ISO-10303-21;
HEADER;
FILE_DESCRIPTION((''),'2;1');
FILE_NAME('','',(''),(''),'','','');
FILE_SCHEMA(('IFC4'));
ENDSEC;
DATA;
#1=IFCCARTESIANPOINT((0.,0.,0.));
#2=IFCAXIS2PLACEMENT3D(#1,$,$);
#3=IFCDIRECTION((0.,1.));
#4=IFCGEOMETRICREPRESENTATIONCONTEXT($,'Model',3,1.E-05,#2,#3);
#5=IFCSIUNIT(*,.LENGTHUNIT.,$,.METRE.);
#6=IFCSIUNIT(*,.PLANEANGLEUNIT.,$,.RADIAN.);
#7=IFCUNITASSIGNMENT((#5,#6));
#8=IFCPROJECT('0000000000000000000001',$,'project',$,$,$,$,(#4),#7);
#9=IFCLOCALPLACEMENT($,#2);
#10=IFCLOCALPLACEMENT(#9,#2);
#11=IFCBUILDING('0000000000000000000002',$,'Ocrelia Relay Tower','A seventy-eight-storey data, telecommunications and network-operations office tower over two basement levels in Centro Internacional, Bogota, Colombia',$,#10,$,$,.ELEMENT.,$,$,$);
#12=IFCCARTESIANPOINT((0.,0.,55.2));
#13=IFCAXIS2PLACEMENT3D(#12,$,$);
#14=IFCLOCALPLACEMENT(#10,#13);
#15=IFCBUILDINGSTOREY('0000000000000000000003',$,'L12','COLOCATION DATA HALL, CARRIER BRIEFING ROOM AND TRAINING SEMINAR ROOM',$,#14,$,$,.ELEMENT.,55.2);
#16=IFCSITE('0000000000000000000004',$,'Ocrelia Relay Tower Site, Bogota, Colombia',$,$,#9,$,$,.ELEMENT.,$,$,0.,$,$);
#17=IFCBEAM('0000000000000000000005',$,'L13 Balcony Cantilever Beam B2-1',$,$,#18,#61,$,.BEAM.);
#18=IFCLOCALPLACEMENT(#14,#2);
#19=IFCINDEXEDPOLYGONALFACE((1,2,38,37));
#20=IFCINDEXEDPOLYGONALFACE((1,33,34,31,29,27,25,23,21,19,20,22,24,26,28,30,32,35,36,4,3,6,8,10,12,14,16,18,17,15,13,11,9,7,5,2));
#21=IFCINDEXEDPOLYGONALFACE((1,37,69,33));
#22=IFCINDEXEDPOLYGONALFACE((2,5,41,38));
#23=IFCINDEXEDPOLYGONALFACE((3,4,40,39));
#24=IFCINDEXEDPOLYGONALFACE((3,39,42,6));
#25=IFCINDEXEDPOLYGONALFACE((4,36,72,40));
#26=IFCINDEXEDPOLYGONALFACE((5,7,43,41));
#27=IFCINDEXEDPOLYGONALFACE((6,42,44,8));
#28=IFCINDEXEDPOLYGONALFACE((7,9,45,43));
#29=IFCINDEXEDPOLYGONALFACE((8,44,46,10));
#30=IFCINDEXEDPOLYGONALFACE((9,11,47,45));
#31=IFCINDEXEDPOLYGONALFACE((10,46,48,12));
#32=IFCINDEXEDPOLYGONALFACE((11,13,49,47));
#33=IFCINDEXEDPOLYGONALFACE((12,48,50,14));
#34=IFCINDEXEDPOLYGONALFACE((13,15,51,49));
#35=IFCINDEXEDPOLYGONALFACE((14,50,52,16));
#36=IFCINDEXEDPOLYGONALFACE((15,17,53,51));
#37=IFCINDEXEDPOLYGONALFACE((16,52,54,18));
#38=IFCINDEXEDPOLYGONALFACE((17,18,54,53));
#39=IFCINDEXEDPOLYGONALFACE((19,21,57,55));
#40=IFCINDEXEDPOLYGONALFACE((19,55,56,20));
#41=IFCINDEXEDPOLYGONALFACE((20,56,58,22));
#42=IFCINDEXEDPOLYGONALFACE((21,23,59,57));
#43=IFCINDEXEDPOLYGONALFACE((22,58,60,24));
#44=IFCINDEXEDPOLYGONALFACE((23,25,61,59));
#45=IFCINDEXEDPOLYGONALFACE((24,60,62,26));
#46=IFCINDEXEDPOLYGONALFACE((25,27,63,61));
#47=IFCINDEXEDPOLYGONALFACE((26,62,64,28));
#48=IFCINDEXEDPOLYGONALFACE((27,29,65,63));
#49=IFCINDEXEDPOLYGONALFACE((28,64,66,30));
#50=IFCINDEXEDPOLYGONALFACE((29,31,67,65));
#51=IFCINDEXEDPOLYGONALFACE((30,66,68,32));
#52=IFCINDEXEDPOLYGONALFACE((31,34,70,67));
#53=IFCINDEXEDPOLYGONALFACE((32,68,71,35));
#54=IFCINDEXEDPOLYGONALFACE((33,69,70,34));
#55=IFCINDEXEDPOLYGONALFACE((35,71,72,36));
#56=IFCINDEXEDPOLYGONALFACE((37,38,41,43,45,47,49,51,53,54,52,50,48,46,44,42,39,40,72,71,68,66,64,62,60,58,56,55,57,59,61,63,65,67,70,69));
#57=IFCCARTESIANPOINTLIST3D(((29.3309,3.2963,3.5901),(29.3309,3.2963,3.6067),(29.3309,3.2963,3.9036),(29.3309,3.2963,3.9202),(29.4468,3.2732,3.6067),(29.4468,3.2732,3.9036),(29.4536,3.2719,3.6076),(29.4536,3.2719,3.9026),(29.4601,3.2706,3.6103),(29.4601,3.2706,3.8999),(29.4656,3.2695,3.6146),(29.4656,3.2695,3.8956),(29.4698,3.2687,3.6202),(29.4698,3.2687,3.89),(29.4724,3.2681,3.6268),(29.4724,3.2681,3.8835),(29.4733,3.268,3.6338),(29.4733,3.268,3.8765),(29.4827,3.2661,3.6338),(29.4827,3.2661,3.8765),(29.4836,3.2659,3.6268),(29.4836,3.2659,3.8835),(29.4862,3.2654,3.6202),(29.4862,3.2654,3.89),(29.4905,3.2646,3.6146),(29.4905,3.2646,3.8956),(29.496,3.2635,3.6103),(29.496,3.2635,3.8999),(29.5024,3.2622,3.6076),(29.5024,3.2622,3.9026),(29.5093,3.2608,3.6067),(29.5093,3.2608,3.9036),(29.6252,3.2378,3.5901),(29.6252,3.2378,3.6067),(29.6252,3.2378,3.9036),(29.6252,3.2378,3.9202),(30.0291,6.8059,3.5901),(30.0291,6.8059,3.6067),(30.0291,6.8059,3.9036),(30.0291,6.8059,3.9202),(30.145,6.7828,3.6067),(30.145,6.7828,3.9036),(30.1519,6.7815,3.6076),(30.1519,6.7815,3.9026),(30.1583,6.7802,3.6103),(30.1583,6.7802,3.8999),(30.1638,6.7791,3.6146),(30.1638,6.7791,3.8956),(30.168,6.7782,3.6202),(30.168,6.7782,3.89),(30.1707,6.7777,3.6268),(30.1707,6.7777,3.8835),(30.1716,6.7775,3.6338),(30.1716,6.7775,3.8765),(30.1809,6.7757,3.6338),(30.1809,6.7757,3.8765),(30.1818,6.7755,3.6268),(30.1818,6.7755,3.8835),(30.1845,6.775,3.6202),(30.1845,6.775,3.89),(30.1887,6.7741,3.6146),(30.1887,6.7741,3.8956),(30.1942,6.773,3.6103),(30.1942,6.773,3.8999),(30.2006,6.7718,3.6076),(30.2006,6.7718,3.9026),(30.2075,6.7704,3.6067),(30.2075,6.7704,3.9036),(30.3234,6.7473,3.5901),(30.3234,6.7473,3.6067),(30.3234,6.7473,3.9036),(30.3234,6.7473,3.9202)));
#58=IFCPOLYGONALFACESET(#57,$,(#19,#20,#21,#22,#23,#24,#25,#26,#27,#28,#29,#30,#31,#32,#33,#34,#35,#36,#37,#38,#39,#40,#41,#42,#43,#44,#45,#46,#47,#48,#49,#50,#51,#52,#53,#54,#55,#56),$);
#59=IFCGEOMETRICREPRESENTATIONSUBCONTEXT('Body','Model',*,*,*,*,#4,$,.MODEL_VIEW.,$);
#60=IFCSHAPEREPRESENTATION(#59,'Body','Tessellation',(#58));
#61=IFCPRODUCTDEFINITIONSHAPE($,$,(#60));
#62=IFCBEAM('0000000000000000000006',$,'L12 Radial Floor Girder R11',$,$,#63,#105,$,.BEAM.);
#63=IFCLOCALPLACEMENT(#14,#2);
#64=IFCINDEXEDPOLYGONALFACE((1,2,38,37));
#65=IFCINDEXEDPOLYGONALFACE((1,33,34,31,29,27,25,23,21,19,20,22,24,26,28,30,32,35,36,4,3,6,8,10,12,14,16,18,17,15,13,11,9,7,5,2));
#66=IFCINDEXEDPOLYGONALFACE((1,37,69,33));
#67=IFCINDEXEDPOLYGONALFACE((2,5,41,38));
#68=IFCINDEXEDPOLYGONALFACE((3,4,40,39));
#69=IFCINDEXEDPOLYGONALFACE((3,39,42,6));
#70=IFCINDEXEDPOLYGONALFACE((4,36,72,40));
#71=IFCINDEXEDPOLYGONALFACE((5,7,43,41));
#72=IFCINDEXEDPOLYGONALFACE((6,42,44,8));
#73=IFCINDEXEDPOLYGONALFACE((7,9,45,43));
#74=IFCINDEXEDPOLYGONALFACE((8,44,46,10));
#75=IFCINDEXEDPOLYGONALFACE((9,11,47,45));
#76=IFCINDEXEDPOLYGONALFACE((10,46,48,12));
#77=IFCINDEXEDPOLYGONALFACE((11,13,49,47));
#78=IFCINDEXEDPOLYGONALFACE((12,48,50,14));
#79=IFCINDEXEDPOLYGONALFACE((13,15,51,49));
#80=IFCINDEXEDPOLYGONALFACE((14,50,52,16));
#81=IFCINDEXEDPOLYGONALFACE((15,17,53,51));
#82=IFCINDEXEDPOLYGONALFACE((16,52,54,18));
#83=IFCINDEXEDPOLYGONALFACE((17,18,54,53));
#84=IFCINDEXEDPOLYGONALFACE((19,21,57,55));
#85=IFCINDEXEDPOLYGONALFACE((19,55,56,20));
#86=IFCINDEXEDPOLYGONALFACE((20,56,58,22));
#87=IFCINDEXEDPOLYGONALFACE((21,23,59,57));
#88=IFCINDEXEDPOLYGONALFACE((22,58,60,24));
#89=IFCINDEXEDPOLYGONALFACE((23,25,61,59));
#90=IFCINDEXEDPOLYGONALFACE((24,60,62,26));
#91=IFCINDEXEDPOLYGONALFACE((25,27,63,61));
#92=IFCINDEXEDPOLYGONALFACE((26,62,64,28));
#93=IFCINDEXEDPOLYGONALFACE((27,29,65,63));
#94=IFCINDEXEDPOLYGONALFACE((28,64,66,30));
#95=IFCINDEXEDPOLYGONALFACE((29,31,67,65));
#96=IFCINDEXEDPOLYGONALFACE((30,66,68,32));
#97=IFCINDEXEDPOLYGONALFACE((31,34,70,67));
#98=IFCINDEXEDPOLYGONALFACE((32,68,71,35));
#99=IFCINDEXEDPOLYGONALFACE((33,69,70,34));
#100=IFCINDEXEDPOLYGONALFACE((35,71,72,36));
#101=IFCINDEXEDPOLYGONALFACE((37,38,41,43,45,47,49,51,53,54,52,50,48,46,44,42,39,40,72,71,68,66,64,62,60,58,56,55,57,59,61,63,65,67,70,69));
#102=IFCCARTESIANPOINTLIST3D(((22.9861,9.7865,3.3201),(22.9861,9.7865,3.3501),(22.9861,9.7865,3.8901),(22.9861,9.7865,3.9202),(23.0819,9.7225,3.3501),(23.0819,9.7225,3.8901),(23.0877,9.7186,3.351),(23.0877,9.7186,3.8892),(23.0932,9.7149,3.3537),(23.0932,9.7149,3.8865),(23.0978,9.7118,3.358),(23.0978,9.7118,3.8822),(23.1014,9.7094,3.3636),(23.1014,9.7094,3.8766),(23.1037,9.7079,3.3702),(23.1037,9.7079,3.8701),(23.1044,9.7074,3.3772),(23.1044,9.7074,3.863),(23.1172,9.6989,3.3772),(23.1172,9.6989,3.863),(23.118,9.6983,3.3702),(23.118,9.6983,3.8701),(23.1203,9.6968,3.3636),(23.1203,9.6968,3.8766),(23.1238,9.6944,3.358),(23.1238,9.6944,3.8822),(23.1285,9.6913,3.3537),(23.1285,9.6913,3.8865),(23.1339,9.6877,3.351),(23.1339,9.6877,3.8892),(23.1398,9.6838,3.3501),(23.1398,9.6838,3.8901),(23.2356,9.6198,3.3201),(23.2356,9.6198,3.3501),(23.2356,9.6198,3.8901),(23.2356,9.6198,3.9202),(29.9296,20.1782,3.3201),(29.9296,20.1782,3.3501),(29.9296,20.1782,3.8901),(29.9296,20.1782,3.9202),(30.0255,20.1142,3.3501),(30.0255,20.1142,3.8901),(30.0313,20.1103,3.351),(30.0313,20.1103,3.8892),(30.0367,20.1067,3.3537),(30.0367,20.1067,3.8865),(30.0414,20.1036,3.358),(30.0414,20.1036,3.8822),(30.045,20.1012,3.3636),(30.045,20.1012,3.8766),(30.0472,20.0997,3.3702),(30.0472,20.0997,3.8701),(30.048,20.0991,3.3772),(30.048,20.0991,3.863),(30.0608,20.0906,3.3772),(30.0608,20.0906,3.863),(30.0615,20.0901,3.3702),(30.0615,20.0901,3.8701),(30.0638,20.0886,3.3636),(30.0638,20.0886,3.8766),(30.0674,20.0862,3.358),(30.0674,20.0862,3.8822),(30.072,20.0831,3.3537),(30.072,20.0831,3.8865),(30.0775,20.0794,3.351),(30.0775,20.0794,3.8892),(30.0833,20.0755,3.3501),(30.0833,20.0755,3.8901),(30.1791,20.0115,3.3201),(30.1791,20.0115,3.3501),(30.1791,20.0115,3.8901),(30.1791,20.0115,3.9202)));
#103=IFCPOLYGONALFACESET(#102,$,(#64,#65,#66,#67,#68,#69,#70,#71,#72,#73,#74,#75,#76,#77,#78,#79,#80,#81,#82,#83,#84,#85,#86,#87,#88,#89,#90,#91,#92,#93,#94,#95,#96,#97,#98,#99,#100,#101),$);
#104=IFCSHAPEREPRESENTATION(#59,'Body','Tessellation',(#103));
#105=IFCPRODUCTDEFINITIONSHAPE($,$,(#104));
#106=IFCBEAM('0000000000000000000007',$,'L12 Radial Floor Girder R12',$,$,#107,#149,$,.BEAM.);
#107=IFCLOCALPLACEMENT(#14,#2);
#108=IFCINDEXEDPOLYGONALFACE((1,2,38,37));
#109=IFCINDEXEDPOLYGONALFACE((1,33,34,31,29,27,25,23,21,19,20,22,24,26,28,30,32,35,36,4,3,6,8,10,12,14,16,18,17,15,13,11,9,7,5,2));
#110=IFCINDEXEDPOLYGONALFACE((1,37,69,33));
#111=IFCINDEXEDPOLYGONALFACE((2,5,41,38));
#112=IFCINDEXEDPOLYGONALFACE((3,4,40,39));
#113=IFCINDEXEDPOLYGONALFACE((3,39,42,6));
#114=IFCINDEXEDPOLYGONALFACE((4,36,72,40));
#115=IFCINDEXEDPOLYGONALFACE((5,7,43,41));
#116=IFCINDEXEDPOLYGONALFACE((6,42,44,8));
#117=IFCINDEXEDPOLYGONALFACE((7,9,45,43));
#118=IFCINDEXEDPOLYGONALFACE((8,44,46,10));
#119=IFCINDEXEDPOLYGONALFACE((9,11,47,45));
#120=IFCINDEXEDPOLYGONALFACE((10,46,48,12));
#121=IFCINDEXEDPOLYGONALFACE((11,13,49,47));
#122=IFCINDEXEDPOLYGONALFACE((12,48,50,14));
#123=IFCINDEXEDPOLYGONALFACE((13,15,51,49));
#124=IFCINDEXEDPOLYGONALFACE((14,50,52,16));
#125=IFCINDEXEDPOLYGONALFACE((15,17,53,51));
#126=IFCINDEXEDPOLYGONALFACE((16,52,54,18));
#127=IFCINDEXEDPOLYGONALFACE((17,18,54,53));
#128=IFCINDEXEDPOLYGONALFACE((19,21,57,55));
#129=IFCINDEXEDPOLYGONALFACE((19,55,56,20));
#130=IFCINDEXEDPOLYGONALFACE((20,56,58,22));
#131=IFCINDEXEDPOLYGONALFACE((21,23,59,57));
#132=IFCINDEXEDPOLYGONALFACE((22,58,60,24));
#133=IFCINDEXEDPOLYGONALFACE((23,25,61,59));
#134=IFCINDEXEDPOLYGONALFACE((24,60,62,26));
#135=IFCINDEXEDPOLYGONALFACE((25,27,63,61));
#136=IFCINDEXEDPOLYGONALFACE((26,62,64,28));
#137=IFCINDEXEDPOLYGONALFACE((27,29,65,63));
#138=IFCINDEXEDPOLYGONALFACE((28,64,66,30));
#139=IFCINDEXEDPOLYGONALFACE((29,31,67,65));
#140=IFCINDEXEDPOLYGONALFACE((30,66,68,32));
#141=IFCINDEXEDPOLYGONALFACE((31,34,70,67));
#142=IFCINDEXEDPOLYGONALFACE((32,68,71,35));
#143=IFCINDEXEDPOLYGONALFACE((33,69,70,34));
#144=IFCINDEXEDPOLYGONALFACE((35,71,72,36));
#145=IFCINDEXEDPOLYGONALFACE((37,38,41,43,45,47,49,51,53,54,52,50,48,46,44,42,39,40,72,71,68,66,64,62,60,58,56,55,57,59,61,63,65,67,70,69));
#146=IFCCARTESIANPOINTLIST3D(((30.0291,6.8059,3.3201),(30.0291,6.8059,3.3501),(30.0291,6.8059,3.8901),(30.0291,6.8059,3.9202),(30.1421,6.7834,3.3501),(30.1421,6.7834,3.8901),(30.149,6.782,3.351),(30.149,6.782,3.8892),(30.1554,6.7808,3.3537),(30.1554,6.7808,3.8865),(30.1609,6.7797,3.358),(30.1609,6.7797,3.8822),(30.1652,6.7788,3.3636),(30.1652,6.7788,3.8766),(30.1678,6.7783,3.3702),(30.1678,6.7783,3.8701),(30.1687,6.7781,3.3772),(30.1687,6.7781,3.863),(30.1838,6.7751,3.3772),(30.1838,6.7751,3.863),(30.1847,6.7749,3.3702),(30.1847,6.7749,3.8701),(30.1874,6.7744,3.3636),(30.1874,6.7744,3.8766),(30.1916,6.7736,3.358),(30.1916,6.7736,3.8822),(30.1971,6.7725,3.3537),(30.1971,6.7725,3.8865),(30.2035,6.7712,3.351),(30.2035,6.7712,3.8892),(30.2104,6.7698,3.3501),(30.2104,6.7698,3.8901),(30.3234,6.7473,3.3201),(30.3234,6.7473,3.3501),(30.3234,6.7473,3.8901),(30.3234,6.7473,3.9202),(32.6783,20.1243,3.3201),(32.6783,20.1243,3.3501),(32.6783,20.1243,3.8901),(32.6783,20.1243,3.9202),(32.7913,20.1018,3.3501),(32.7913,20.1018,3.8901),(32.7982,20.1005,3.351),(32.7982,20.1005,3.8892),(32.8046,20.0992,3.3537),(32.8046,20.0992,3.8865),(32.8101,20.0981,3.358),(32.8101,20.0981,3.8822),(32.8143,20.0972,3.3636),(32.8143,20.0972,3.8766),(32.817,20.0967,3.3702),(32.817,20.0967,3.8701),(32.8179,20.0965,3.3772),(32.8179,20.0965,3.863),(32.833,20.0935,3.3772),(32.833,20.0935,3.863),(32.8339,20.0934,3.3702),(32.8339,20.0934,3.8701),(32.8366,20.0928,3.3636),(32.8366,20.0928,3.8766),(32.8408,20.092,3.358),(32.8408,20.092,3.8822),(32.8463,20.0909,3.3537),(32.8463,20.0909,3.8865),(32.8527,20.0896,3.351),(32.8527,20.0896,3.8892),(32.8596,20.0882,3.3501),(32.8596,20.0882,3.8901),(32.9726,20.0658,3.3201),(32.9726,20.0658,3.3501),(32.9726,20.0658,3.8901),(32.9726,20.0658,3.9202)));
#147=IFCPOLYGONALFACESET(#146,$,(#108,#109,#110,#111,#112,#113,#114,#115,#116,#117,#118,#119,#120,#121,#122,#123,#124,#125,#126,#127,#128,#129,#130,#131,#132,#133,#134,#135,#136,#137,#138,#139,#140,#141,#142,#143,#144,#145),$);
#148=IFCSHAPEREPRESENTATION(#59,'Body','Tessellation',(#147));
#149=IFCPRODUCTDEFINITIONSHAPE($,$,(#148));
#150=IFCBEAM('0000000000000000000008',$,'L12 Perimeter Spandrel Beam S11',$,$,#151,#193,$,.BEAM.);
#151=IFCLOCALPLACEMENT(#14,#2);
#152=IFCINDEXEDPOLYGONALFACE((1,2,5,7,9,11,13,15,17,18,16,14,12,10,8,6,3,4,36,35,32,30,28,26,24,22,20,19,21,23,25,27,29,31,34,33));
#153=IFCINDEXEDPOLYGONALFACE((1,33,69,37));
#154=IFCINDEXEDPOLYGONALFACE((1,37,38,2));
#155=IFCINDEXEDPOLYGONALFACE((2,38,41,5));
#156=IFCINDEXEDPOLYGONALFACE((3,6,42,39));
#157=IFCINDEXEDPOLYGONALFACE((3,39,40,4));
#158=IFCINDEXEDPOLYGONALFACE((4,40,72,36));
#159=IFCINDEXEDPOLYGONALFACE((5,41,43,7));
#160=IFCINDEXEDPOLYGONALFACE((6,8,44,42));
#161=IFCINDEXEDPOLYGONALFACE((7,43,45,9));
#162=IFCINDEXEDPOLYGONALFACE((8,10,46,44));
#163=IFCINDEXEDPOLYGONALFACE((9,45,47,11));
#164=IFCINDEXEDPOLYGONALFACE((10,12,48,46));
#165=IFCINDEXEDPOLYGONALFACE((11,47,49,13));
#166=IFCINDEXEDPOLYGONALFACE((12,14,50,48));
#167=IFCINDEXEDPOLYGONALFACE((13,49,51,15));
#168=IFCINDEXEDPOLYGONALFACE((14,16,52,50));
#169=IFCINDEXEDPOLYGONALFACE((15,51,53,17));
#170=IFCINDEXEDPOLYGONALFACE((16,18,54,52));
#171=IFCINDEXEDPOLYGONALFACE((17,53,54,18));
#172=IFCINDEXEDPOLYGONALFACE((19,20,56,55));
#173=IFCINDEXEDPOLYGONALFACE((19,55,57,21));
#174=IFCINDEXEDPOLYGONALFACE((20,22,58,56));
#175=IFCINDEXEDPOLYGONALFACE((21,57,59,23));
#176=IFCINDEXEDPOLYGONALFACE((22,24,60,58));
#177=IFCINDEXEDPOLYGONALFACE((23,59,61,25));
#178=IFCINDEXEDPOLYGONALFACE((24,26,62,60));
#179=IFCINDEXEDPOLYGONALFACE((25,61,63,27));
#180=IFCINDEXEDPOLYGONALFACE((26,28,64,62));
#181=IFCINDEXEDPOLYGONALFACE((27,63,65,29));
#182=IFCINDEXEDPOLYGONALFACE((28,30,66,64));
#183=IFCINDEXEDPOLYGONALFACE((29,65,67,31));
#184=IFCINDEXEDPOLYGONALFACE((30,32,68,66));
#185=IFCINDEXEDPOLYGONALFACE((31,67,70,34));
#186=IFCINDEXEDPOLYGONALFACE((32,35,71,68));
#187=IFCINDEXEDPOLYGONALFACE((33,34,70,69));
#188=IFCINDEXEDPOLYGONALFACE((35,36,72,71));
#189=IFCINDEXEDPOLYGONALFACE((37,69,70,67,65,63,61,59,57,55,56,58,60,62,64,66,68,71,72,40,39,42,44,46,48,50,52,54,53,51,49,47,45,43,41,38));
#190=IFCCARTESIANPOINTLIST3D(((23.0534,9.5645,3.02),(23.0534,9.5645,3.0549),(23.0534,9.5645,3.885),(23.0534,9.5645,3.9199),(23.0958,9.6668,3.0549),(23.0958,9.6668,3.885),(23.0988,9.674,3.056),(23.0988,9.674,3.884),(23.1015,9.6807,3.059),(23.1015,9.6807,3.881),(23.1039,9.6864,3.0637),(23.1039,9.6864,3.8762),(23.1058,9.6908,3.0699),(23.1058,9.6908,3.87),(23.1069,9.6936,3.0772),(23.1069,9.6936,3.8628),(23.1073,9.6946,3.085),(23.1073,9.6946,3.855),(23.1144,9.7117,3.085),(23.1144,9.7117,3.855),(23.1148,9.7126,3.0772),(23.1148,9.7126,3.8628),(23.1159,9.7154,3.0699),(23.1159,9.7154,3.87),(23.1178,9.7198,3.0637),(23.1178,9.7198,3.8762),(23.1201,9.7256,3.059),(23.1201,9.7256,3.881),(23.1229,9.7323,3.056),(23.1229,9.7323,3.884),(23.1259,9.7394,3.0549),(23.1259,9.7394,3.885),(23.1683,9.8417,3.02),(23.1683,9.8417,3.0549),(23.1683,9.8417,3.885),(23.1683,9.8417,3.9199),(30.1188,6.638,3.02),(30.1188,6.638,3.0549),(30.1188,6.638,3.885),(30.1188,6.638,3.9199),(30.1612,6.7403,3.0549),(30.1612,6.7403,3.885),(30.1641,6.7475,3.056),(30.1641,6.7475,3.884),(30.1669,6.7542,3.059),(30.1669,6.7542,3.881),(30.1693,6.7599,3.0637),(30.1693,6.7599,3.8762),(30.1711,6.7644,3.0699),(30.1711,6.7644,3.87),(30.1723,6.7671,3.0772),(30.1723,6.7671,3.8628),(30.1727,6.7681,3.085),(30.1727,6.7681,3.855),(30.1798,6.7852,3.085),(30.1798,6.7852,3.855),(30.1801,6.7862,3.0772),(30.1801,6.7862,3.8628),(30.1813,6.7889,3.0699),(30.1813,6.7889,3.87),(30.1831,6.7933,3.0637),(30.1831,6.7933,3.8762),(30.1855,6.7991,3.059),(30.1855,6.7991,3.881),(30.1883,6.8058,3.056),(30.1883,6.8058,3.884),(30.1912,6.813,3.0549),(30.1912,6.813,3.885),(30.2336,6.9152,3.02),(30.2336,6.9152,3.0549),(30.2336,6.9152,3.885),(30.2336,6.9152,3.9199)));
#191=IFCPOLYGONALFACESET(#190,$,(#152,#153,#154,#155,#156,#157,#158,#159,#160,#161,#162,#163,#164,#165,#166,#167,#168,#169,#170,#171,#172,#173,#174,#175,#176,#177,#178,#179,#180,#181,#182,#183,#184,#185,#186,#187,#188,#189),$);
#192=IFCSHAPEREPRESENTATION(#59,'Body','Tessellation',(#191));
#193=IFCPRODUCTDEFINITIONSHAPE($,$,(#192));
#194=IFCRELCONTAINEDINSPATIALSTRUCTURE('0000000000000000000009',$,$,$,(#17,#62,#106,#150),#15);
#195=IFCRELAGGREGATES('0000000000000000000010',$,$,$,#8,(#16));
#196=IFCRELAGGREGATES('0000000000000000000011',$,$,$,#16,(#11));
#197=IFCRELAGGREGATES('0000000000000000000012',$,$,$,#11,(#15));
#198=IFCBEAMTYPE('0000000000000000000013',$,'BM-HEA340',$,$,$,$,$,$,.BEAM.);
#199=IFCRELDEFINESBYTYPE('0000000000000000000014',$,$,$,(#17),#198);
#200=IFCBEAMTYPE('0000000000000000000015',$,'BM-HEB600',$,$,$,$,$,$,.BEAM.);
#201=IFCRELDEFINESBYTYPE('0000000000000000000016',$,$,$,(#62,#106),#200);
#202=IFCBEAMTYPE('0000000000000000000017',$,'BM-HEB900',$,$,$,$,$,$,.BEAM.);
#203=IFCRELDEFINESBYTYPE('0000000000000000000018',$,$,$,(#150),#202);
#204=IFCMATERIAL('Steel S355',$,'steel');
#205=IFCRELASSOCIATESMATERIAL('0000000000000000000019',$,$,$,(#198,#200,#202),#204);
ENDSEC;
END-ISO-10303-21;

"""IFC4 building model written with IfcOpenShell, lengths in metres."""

from ifc_helpers import new_model, si_unit, direction, frame, origin, origin_2d, place, context, subcontext, project, spatial, i_section, extrude, material, material_profile, profile_set, type_object, element, save


model = new_model("IFC4")

# Units and contexts
model_context = context("Model", 3, precision=1e-05, world=origin(), true_north=direction((0.0, 1.0)))
body_context = subcontext(model_context, "Body", "Model", "MODEL_VIEW")
ifc_project = project(units=[si_unit("LENGTHUNIT", "METRE"), si_unit("PLANEANGLEUNIT", "RADIAN")], contexts=[model_context])

# Site, building, storey
site_placement = place(None, origin())
site = spatial("IfcSite", under=ifc_project, at=site_placement, Name="Ocrelia Relay Tower Site, Bogota, Colombia", CompositionType="ELEMENT", RefElevation=0.0)
building_placement = place(site_placement, origin())
building = spatial("IfcBuilding", under=site, at=building_placement, Name="Ocrelia Relay Tower", Description="A seventy-eight-storey data, telecommunications and network-operations office tower over two basement levels in Centro Internacional, Bogota, Colombia", CompositionType="ELEMENT")
storey_placement = place(building_placement, frame((0.0, 0.0, 55.2)))
storey = spatial("IfcBuildingStorey", under=building, at=storey_placement, Name="L12", Description="COLOCATION DATA HALL, CARRIER BRIEFING ROOM AND TRAINING SEMINAR ROOM", CompositionType="ELEMENT", Elevation=55.2)

# Beams
ifc_material_1 = material(Name="Steel S355", Category="steel")
ifc_material_profile_1 = material_profile(ifc_material_1, i_section(OverallWidth=0.3, OverallDepth=0.3301, WebThickness=0.0095, FlangeThickness=0.0166, FilletRadius=0.0271, at=origin_2d()), Name="HEA 340")
ifc_profile_set_1 = profile_set([ifc_material_profile_1], Name="Steel S355")
beam_type_1 = type_object("IfcBeamType", Name="BM-HEA340", PredefinedType="BEAM", material=ifc_profile_set_1)
beam_1_placement = place(storey_placement, frame((30.1763, 6.7766, 3.7551), z_axis=(-0.195132, -0.980777, 0.0), x_axis=(0.980777, -0.195132, 0.0)))
element("IfcBeam", 1, at=beam_1_placement, inside=storey, type_object=beam_type_1, Name="L13 Balcony Cantilever Beam B2-1", PredefinedType="BEAM", context=body_context, shape_type="SweptSolid", body=[
    extrude(i_section(OverallWidth=0.3, OverallDepth=0.3301, WebThickness=0.0095, FlangeThickness=0.0166, FilletRadius=0.0271, at=origin_2d()), origin(), (0.0, 0.0, 1.0), 3.5784),
])
ifc_material_profile_2 = material_profile(ifc_material_1, i_section(OverallWidth=0.3, OverallDepth=0.6001, WebThickness=0.0154, FlangeThickness=0.03, FilletRadius=0.0271, at=origin_2d()), Name="HEB 600")
ifc_profile_set_2 = profile_set([ifc_material_profile_2], Name="Steel S355")
beam_type_2 = type_object("IfcBeamType", Name="BM-HEB600", PredefinedType="BEAM", material=ifc_profile_set_2)
beam_2_placement = place(storey_placement, frame((23.1108, 9.7031, 3.6201), z_axis=(0.55557, 0.83147, 0.0), x_axis=(-0.83147, 0.55557, 0.0)))
element("IfcBeam", 2, at=beam_2_placement, inside=storey, type_object=beam_type_2, Name="L12 Radial Floor Girder R11", PredefinedType="BEAM", context=body_context, shape_type="SweptSolid", body=[
    extrude(i_section(OverallWidth=0.3, OverallDepth=0.6001, WebThickness=0.0154, FlangeThickness=0.03, FilletRadius=0.0271, at=origin_2d()), origin(), (0.0, 0.0, 1.0), 12.498),
])
beam_3_placement = place(storey_placement, frame((30.1763, 6.7766, 3.6201), z_axis=(0.195089, 0.980786, 0.0), x_axis=(-0.980786, 0.195089, 0.0)))
element("IfcBeam", 3, at=beam_3_placement, inside=storey, type_object=beam_type_2, Name="L12 Radial Floor Girder R12", PredefinedType="BEAM", context=body_context, shape_type="SweptSolid", body=[
    extrude(i_section(OverallWidth=0.3, OverallDepth=0.6001, WebThickness=0.0154, FlangeThickness=0.03, FilletRadius=0.0271, at=origin_2d()), origin(), (0.0, 0.0, 1.0), 13.5793),
])
ifc_material_profile_3 = material_profile(ifc_material_1, i_section(OverallWidth=0.3, OverallDepth=0.8999, WebThickness=0.0186, FlangeThickness=0.0349, FilletRadius=0.03, at=origin_2d()), Name="HEB 900")
ifc_profile_set_3 = profile_set([ifc_material_profile_3], Name="Steel S355")
beam_type_3 = type_object("IfcBeamType", Name="BM-HEB900", PredefinedType="BEAM", material=ifc_profile_set_3)
for number, where, z_axis, x_axis, name in (
    (4, (23.1108, 9.7031, 3.47), (0.923883, -0.382674, 0.0), (0.382674, 0.923883, 0.0), "L12 Perimeter Spandrel Beam S11"),
):
    element("IfcBeam", number, at=place(storey_placement, frame(where, z_axis=z_axis, x_axis=x_axis)), inside=storey, type_object=beam_type_3, Name=name, PredefinedType="BEAM", context=body_context, shape_type="SweptSolid", body=[
        extrude(i_section(OverallWidth=0.3, OverallDepth=0.8999, WebThickness=0.0186, FlangeThickness=0.0349, FilletRadius=0.03, at=origin_2d()), origin(), (0.0, 0.0, 1.0), 7.6475),
    ])

save(model, "model.ifc")
